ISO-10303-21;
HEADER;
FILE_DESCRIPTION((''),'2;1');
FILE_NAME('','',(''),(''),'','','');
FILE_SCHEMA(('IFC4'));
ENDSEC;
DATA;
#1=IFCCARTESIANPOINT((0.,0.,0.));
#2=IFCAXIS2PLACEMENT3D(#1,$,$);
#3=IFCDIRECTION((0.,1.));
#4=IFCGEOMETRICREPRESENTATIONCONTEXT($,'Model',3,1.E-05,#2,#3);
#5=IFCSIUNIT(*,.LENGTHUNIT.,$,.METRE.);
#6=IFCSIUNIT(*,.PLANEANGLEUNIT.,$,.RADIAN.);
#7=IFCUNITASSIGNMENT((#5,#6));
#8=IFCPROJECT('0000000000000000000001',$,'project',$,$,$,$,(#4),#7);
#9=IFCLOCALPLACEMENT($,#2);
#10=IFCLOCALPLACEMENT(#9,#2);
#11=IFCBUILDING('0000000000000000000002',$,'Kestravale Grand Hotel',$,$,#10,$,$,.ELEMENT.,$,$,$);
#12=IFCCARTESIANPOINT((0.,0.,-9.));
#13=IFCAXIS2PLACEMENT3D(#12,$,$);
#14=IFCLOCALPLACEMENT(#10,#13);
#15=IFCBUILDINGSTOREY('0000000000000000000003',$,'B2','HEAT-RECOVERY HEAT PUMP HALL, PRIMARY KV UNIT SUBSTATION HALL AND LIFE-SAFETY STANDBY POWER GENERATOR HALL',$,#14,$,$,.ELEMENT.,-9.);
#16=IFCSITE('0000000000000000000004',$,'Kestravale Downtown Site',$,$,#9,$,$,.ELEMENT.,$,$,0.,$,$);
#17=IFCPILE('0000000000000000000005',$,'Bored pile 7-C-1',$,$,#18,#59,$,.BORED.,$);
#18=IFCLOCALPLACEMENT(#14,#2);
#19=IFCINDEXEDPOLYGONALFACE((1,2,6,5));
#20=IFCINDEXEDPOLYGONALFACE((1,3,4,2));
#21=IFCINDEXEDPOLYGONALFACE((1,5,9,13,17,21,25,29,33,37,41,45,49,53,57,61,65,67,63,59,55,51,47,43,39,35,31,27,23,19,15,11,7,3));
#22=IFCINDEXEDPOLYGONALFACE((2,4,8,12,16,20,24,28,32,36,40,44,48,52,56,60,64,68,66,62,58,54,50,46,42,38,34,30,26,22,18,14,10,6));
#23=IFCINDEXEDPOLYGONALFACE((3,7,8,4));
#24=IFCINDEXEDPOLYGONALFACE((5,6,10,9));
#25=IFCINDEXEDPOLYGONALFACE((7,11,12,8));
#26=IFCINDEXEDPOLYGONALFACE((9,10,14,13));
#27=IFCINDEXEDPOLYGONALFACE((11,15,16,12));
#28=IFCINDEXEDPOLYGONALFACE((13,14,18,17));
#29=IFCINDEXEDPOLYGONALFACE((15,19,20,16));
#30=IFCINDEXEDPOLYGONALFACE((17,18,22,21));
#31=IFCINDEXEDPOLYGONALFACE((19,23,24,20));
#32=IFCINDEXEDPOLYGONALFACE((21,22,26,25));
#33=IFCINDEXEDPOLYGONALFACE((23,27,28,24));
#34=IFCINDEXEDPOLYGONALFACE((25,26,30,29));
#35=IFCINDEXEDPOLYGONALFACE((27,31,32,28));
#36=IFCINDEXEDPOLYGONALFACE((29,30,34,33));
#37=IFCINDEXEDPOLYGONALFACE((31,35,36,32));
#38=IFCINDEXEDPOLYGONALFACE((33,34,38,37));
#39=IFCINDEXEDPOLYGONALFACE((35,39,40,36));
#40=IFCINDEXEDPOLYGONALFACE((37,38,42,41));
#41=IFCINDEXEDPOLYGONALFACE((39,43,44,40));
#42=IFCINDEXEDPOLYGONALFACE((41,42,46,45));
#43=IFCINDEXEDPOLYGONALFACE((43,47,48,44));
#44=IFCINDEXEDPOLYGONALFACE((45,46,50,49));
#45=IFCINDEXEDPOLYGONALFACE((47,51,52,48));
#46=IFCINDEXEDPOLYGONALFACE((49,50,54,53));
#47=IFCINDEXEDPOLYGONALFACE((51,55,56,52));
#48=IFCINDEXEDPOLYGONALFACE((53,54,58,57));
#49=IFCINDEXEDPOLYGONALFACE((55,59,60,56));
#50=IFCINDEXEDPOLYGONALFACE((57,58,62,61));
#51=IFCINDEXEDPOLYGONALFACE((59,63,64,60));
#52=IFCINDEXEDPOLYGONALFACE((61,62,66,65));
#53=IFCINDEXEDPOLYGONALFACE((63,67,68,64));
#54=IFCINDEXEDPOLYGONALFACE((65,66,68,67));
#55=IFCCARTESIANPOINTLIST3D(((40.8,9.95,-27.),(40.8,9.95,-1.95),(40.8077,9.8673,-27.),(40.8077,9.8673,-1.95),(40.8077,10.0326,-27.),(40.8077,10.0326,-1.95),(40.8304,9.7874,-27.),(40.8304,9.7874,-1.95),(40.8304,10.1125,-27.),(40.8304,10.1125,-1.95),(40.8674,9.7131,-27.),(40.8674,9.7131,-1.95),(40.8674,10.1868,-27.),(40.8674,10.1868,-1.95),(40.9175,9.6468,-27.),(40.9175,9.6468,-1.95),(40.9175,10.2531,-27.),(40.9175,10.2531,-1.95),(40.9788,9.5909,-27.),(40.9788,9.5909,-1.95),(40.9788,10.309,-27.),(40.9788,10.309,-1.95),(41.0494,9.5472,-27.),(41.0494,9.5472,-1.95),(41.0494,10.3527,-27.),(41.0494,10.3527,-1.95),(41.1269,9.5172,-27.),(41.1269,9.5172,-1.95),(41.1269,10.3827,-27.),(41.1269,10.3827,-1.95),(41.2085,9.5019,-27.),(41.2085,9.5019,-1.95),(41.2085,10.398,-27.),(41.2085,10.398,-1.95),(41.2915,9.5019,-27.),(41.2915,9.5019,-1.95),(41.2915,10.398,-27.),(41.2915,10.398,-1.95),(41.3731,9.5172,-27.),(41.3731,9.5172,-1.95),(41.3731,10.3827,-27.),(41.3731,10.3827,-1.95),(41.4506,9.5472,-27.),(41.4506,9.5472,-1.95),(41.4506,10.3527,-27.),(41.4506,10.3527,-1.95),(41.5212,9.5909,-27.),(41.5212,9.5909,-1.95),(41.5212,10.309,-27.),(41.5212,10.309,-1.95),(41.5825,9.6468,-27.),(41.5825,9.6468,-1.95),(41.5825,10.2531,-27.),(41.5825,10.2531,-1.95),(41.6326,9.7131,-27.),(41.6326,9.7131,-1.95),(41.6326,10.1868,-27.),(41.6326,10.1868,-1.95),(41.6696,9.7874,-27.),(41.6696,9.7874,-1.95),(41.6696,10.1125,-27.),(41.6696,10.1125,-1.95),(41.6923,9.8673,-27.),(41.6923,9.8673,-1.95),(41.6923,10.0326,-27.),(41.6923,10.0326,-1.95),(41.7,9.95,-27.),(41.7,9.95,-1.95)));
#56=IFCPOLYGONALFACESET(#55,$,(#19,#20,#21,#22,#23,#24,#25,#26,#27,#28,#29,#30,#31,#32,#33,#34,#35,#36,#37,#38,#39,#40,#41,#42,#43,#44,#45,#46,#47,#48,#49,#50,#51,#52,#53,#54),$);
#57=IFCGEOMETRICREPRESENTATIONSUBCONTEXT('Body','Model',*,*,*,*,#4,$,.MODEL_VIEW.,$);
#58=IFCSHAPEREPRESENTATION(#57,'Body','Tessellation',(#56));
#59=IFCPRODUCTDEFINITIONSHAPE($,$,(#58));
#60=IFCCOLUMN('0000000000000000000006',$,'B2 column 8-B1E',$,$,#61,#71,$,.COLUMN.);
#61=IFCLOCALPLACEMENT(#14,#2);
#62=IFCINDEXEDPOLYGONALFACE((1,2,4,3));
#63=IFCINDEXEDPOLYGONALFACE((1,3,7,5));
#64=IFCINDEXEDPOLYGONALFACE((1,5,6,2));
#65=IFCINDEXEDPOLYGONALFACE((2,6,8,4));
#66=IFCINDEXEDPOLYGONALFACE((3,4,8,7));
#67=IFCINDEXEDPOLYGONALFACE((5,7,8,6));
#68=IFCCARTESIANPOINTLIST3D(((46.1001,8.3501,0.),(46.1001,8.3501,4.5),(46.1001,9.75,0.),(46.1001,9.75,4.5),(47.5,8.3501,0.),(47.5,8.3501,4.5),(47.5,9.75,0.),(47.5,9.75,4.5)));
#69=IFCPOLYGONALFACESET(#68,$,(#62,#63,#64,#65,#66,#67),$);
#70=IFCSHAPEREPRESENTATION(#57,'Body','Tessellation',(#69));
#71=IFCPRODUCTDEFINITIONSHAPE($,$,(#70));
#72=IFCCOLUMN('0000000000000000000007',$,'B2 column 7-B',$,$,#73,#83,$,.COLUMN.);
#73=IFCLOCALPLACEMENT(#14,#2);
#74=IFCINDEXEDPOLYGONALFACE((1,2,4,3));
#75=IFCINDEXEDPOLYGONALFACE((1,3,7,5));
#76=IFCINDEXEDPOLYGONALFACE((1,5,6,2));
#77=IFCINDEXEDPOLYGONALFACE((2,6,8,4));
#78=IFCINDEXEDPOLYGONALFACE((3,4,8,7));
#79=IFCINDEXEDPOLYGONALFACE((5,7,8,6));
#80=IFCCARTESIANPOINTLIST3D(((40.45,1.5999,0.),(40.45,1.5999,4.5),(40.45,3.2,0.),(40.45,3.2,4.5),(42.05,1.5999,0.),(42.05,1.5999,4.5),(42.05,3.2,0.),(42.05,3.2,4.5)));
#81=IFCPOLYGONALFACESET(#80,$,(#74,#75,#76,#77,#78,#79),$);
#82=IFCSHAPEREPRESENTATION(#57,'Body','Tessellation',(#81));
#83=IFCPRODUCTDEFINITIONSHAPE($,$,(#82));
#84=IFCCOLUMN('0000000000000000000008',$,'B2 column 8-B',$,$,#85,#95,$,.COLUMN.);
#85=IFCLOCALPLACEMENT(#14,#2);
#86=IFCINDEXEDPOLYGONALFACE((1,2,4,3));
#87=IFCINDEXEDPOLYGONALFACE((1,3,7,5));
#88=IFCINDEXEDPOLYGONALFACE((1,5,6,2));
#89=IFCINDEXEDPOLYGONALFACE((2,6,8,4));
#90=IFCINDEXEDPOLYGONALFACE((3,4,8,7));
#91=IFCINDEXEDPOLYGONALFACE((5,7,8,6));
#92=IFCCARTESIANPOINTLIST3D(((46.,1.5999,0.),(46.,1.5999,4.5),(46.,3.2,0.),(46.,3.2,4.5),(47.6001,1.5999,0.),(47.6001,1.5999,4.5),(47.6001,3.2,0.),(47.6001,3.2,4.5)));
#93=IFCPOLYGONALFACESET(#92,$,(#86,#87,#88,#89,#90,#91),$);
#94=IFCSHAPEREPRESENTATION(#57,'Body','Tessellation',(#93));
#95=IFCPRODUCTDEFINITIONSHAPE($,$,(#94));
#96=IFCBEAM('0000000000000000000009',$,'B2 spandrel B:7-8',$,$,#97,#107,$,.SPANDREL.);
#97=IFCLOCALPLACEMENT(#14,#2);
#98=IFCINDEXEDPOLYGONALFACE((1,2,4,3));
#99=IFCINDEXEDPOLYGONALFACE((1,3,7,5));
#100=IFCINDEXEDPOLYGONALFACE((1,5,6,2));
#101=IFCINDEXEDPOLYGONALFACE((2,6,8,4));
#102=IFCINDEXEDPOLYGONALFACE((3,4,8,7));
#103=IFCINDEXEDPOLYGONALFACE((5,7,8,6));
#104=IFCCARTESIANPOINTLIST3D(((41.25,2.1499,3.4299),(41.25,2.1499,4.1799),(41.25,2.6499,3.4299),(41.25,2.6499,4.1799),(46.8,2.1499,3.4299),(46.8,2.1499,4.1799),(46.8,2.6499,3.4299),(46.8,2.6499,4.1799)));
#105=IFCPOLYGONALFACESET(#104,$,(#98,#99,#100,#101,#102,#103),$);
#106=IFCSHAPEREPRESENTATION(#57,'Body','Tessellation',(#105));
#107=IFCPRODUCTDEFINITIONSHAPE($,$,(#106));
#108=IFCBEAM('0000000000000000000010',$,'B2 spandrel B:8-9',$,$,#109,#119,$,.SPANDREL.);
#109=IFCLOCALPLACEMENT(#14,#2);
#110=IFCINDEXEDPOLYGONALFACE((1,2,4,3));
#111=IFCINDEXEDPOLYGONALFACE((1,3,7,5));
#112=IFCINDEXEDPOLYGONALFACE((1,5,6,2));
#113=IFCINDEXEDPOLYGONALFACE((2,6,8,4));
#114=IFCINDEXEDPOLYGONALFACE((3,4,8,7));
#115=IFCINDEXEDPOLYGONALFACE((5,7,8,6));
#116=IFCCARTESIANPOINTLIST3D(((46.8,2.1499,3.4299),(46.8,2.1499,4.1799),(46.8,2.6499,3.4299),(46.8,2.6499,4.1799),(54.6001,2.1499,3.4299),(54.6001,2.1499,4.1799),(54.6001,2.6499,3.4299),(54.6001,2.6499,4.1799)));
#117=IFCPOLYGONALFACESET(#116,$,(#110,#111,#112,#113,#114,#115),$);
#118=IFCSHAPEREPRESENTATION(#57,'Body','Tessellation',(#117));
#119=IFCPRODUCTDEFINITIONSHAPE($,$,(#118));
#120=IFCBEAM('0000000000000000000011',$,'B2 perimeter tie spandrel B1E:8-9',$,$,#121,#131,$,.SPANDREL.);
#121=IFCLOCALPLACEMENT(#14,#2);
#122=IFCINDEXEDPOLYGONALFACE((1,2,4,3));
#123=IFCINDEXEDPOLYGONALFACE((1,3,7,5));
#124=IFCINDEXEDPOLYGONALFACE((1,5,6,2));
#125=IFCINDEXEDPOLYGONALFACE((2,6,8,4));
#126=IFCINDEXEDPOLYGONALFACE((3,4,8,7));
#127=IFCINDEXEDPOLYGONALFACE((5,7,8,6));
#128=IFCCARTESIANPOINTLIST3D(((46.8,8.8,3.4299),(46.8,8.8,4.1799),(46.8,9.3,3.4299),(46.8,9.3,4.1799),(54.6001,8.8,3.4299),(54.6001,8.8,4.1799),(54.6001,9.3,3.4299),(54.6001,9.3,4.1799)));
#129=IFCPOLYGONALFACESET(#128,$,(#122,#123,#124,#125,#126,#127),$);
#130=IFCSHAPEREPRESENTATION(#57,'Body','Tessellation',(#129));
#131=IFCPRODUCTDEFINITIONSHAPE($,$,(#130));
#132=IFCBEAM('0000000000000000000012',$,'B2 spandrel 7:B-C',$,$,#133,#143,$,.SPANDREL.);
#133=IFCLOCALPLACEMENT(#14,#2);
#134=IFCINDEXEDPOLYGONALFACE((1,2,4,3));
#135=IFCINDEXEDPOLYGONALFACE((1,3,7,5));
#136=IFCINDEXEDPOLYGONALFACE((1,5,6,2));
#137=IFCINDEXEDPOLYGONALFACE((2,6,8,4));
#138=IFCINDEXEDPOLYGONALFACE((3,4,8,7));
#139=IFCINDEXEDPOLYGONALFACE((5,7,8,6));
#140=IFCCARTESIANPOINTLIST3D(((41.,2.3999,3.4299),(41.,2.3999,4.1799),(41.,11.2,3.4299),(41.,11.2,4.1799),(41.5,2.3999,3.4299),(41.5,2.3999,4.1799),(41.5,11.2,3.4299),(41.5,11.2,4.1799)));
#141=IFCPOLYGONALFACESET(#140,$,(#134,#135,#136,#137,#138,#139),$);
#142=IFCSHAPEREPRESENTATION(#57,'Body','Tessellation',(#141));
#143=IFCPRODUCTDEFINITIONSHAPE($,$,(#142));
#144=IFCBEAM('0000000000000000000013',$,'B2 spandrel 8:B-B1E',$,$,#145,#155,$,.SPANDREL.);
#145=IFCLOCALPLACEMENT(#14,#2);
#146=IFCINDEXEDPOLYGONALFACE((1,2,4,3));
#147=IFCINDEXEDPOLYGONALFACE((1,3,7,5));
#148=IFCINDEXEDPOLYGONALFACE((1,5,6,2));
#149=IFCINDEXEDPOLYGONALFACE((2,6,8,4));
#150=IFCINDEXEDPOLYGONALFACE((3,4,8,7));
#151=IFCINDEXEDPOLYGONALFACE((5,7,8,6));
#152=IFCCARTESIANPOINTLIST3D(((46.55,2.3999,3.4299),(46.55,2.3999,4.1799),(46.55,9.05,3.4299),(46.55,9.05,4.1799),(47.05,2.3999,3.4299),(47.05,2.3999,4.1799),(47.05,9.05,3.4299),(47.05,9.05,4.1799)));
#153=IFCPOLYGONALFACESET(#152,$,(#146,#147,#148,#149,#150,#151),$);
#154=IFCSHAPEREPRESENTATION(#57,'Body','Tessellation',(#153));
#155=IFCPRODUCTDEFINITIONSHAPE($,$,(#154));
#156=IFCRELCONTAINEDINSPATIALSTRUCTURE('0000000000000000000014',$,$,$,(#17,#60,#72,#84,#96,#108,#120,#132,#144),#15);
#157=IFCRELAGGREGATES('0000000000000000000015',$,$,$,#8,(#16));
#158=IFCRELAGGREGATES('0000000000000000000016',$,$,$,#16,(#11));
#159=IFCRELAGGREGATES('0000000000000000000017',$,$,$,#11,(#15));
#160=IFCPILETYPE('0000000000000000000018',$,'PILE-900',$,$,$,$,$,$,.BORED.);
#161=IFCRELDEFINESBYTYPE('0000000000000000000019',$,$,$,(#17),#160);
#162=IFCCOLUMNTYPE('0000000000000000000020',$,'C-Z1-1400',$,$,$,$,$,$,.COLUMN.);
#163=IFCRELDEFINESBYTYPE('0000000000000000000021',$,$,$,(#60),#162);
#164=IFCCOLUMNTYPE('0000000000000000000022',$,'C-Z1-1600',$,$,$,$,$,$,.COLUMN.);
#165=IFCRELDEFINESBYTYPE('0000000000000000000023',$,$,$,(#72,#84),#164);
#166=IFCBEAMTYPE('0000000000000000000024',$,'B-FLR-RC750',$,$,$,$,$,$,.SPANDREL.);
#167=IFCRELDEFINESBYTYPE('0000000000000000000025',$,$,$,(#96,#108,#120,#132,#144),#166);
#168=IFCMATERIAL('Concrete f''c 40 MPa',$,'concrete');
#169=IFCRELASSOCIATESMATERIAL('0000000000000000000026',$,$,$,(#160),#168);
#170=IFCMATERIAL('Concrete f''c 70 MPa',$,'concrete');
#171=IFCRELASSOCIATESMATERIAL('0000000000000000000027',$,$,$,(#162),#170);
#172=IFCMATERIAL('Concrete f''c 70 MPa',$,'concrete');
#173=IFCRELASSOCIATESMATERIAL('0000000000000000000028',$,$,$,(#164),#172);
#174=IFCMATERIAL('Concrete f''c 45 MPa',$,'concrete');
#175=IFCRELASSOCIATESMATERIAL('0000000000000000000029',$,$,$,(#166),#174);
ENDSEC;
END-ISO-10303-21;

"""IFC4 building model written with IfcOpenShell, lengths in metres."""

from ifc_helpers import new_model, si_unit, direction, frame, origin, origin_2d, place, context, subcontext, project, spatial, rectangle, circle, extrude, material, material_profile, profile_set, type_object, element, save


model = new_model("IFC4")

# Units and contexts
model_context = context("Model", 3, precision=1e-05, world=origin(), true_north=direction((0.0, 1.0)))
body_context = subcontext(model_context, "Body", "Model", "MODEL_VIEW")
ifc_project = project(units=[si_unit("LENGTHUNIT", "METRE"), si_unit("PLANEANGLEUNIT", "RADIAN")], contexts=[model_context])

# Site, building, storey
site_placement = place(None, origin())
site = spatial("IfcSite", under=ifc_project, at=site_placement, Name="Kestravale Downtown Site", CompositionType="ELEMENT", RefElevation=0.0)
building_placement = place(site_placement, origin())
building = spatial("IfcBuilding", under=site, at=building_placement, Name="Kestravale Grand Hotel", CompositionType="ELEMENT")
storey_placement = place(building_placement, frame((0.0, 0.0, -9.0)))
storey = spatial("IfcBuildingStorey", under=building, at=storey_placement, Name="B2", Description="HEAT-RECOVERY HEAT PUMP HALL, PRIMARY KV UNIT SUBSTATION HALL AND LIFE-SAFETY STANDBY POWER GENERATOR HALL", CompositionType="ELEMENT", Elevation=-9.0)

# Pile
ifc_material_1 = material(Name="Concrete f'c 40 MPa", Category="concrete")
ifc_material_profile_1 = material_profile(ifc_material_1, circle(Radius=0.45, at=origin_2d()))
ifc_profile_set_1 = profile_set([ifc_material_profile_1], Name="Concrete f'c 40 MPa")
pile_type_1 = type_object("IfcPileType", Name="PILE-900", PredefinedType="BORED", material=ifc_profile_set_1)
for number, where, z_axis, x_axis, name in (
    (1, (41.25, 9.95, -1.95), (0.0, 0.0, -1.0), (1.0, 0.0, 0.0), "Bored pile 7-C-1"),
):
    element("IfcPile", number, at=place(storey_placement, frame(where, z_axis=z_axis, x_axis=x_axis)), inside=storey, type_object=pile_type_1, Name=name, PredefinedType="BORED", context=body_context, shape_type="SweptSolid", body=[
        extrude(circle(Radius=0.45, at=origin_2d()), origin(), (0.0, 0.0, 1.0), 25.05),
    ])

# Columns
ifc_material_2 = material(Name="Concrete f'c 70 MPa", Category="concrete")
ifc_material_profile_2 = material_profile(ifc_material_2, rectangle(XDim=1.3999, YDim=1.3999, at=origin_2d()))
ifc_profile_set_2 = profile_set([ifc_material_profile_2], Name="Concrete f'c 70 MPa")
column_type_1 = type_object("IfcColumnType", Name="C-Z1-1400", PredefinedType="COLUMN", material=ifc_profile_set_2)
column_placement = place(storey_placement, frame((46.8, 9.05, 0.0), z_axis=(0.0, 0.0, 1.0), x_axis=(1.0, 0.0, 0.0)))
element("IfcColumn", 2, at=column_placement, inside=storey, type_object=column_type_1, Name="B2 column 8-B1E", PredefinedType="COLUMN", context=body_context, shape_type="SweptSolid", body=[
    extrude(rectangle(XDim=1.3999, YDim=1.3999, at=origin_2d()), origin(), (0.0, 0.0, 1.0), 4.5),
])
ifc_material_3 = material(Name="Concrete f'c 70 MPa", Category="concrete")
ifc_material_profile_3 = material_profile(ifc_material_3, rectangle(XDim=1.6001, YDim=1.6001, at=origin_2d()))
ifc_profile_set_3 = profile_set([ifc_material_profile_3], Name="Concrete f'c 70 MPa")
column_type_2 = type_object("IfcColumnType", Name="C-Z1-1600", PredefinedType="COLUMN", material=ifc_profile_set_3)
for number, where, z_axis, x_axis, name in (
    (3, (41.25, 2.3999, 0.0), (0.0, 0.0, 1.0), (1.0, 0.0, 0.0), "B2 column 7-B"),
    (4, (46.8, 2.3999, 0.0), (0.0, 0.0, 1.0), (1.0, 0.0, 0.0), "B2 column 8-B"),
):
    element("IfcColumn", number, at=place(storey_placement, frame(where, z_axis=z_axis, x_axis=x_axis)), inside=storey, type_object=column_type_2, Name=name, PredefinedType="COLUMN", context=body_context, shape_type="SweptSolid", body=[
        extrude(rectangle(XDim=1.6001, YDim=1.6001, at=origin_2d()), origin(), (0.0, 0.0, 1.0), 4.5),
    ])

# Beams
ifc_material_4 = material(Name="Concrete f'c 45 MPa", Category="concrete")
ifc_material_profile_4 = material_profile(ifc_material_4, rectangle(XDim=0.5, YDim=0.75, at=origin_2d()))
ifc_profile_set_4 = profile_set([ifc_material_profile_4], Name="Concrete f'c 45 MPa")
beam_type_1 = type_object("IfcBeamType", Name="B-FLR-RC750", PredefinedType="SPANDREL", material=ifc_profile_set_4)
beam_1_placement = place(storey_placement, frame((41.25, 2.3999, 3.8049), z_axis=(1.0, 0.0, 0.0), x_axis=(0.0, 1.0, 0.0)))
element("IfcBeam", 5, at=beam_1_placement, inside=storey, type_object=beam_type_1, Name="B2 spandrel B:7-8", PredefinedType="SPANDREL", context=body_context, shape_type="SweptSolid", body=[
    extrude(rectangle(XDim=0.5, YDim=0.75, at=origin_2d()), origin(), (0.0, 0.0, 1.0), 5.55),
])
for number, where, z_axis, x_axis, name in (
    (6, (46.8, 2.3999, 3.8049), (1.0, 0.0, 0.0), (0.0, 1.0, 0.0), "B2 spandrel B:8-9"),
    (7, (46.8, 9.05, 3.8049), (1.0, 0.0, 0.0), (0.0, 1.0, 0.0), "B2 perimeter tie spandrel B1E:8-9"),
):
    element("IfcBeam", number, at=place(storey_placement, frame(where, z_axis=z_axis, x_axis=x_axis)), inside=storey, type_object=beam_type_1, Name=name, PredefinedType="SPANDREL", context=body_context, shape_type="SweptSolid", body=[
        extrude(rectangle(XDim=0.5, YDim=0.75, at=origin_2d()), origin(), (0.0, 0.0, 1.0), 7.8),
    ])
beam_2_placement = place(storey_placement, frame((41.25, 2.3999, 3.8049), z_axis=(0.0, 1.0, 0.0), x_axis=(-1.0, 0.0, 0.0)))
element("IfcBeam", 8, at=beam_2_placement, inside=storey, type_object=beam_type_1, Name="B2 spandrel 7:B-C", PredefinedType="SPANDREL", context=body_context, shape_type="SweptSolid", body=[
    extrude(rectangle(XDim=0.5, YDim=0.75, at=origin_2d()), origin(), (0.0, 0.0, 1.0), 8.8),
])
beam_3_placement = place(storey_placement, frame((46.8, 2.3999, 3.8049), z_axis=(0.0, 1.0, 0.0), x_axis=(-1.0, 0.0, 0.0)))
element("IfcBeam", 9, at=beam_3_placement, inside=storey, type_object=beam_type_1, Name="B2 spandrel 8:B-B1E", PredefinedType="SPANDREL", context=body_context, shape_type="SweptSolid", body=[
    extrude(rectangle(XDim=0.5, YDim=0.75, at=origin_2d()), origin(), (0.0, 0.0, 1.0), 6.6501),
])

save(model, "model.ifc")
